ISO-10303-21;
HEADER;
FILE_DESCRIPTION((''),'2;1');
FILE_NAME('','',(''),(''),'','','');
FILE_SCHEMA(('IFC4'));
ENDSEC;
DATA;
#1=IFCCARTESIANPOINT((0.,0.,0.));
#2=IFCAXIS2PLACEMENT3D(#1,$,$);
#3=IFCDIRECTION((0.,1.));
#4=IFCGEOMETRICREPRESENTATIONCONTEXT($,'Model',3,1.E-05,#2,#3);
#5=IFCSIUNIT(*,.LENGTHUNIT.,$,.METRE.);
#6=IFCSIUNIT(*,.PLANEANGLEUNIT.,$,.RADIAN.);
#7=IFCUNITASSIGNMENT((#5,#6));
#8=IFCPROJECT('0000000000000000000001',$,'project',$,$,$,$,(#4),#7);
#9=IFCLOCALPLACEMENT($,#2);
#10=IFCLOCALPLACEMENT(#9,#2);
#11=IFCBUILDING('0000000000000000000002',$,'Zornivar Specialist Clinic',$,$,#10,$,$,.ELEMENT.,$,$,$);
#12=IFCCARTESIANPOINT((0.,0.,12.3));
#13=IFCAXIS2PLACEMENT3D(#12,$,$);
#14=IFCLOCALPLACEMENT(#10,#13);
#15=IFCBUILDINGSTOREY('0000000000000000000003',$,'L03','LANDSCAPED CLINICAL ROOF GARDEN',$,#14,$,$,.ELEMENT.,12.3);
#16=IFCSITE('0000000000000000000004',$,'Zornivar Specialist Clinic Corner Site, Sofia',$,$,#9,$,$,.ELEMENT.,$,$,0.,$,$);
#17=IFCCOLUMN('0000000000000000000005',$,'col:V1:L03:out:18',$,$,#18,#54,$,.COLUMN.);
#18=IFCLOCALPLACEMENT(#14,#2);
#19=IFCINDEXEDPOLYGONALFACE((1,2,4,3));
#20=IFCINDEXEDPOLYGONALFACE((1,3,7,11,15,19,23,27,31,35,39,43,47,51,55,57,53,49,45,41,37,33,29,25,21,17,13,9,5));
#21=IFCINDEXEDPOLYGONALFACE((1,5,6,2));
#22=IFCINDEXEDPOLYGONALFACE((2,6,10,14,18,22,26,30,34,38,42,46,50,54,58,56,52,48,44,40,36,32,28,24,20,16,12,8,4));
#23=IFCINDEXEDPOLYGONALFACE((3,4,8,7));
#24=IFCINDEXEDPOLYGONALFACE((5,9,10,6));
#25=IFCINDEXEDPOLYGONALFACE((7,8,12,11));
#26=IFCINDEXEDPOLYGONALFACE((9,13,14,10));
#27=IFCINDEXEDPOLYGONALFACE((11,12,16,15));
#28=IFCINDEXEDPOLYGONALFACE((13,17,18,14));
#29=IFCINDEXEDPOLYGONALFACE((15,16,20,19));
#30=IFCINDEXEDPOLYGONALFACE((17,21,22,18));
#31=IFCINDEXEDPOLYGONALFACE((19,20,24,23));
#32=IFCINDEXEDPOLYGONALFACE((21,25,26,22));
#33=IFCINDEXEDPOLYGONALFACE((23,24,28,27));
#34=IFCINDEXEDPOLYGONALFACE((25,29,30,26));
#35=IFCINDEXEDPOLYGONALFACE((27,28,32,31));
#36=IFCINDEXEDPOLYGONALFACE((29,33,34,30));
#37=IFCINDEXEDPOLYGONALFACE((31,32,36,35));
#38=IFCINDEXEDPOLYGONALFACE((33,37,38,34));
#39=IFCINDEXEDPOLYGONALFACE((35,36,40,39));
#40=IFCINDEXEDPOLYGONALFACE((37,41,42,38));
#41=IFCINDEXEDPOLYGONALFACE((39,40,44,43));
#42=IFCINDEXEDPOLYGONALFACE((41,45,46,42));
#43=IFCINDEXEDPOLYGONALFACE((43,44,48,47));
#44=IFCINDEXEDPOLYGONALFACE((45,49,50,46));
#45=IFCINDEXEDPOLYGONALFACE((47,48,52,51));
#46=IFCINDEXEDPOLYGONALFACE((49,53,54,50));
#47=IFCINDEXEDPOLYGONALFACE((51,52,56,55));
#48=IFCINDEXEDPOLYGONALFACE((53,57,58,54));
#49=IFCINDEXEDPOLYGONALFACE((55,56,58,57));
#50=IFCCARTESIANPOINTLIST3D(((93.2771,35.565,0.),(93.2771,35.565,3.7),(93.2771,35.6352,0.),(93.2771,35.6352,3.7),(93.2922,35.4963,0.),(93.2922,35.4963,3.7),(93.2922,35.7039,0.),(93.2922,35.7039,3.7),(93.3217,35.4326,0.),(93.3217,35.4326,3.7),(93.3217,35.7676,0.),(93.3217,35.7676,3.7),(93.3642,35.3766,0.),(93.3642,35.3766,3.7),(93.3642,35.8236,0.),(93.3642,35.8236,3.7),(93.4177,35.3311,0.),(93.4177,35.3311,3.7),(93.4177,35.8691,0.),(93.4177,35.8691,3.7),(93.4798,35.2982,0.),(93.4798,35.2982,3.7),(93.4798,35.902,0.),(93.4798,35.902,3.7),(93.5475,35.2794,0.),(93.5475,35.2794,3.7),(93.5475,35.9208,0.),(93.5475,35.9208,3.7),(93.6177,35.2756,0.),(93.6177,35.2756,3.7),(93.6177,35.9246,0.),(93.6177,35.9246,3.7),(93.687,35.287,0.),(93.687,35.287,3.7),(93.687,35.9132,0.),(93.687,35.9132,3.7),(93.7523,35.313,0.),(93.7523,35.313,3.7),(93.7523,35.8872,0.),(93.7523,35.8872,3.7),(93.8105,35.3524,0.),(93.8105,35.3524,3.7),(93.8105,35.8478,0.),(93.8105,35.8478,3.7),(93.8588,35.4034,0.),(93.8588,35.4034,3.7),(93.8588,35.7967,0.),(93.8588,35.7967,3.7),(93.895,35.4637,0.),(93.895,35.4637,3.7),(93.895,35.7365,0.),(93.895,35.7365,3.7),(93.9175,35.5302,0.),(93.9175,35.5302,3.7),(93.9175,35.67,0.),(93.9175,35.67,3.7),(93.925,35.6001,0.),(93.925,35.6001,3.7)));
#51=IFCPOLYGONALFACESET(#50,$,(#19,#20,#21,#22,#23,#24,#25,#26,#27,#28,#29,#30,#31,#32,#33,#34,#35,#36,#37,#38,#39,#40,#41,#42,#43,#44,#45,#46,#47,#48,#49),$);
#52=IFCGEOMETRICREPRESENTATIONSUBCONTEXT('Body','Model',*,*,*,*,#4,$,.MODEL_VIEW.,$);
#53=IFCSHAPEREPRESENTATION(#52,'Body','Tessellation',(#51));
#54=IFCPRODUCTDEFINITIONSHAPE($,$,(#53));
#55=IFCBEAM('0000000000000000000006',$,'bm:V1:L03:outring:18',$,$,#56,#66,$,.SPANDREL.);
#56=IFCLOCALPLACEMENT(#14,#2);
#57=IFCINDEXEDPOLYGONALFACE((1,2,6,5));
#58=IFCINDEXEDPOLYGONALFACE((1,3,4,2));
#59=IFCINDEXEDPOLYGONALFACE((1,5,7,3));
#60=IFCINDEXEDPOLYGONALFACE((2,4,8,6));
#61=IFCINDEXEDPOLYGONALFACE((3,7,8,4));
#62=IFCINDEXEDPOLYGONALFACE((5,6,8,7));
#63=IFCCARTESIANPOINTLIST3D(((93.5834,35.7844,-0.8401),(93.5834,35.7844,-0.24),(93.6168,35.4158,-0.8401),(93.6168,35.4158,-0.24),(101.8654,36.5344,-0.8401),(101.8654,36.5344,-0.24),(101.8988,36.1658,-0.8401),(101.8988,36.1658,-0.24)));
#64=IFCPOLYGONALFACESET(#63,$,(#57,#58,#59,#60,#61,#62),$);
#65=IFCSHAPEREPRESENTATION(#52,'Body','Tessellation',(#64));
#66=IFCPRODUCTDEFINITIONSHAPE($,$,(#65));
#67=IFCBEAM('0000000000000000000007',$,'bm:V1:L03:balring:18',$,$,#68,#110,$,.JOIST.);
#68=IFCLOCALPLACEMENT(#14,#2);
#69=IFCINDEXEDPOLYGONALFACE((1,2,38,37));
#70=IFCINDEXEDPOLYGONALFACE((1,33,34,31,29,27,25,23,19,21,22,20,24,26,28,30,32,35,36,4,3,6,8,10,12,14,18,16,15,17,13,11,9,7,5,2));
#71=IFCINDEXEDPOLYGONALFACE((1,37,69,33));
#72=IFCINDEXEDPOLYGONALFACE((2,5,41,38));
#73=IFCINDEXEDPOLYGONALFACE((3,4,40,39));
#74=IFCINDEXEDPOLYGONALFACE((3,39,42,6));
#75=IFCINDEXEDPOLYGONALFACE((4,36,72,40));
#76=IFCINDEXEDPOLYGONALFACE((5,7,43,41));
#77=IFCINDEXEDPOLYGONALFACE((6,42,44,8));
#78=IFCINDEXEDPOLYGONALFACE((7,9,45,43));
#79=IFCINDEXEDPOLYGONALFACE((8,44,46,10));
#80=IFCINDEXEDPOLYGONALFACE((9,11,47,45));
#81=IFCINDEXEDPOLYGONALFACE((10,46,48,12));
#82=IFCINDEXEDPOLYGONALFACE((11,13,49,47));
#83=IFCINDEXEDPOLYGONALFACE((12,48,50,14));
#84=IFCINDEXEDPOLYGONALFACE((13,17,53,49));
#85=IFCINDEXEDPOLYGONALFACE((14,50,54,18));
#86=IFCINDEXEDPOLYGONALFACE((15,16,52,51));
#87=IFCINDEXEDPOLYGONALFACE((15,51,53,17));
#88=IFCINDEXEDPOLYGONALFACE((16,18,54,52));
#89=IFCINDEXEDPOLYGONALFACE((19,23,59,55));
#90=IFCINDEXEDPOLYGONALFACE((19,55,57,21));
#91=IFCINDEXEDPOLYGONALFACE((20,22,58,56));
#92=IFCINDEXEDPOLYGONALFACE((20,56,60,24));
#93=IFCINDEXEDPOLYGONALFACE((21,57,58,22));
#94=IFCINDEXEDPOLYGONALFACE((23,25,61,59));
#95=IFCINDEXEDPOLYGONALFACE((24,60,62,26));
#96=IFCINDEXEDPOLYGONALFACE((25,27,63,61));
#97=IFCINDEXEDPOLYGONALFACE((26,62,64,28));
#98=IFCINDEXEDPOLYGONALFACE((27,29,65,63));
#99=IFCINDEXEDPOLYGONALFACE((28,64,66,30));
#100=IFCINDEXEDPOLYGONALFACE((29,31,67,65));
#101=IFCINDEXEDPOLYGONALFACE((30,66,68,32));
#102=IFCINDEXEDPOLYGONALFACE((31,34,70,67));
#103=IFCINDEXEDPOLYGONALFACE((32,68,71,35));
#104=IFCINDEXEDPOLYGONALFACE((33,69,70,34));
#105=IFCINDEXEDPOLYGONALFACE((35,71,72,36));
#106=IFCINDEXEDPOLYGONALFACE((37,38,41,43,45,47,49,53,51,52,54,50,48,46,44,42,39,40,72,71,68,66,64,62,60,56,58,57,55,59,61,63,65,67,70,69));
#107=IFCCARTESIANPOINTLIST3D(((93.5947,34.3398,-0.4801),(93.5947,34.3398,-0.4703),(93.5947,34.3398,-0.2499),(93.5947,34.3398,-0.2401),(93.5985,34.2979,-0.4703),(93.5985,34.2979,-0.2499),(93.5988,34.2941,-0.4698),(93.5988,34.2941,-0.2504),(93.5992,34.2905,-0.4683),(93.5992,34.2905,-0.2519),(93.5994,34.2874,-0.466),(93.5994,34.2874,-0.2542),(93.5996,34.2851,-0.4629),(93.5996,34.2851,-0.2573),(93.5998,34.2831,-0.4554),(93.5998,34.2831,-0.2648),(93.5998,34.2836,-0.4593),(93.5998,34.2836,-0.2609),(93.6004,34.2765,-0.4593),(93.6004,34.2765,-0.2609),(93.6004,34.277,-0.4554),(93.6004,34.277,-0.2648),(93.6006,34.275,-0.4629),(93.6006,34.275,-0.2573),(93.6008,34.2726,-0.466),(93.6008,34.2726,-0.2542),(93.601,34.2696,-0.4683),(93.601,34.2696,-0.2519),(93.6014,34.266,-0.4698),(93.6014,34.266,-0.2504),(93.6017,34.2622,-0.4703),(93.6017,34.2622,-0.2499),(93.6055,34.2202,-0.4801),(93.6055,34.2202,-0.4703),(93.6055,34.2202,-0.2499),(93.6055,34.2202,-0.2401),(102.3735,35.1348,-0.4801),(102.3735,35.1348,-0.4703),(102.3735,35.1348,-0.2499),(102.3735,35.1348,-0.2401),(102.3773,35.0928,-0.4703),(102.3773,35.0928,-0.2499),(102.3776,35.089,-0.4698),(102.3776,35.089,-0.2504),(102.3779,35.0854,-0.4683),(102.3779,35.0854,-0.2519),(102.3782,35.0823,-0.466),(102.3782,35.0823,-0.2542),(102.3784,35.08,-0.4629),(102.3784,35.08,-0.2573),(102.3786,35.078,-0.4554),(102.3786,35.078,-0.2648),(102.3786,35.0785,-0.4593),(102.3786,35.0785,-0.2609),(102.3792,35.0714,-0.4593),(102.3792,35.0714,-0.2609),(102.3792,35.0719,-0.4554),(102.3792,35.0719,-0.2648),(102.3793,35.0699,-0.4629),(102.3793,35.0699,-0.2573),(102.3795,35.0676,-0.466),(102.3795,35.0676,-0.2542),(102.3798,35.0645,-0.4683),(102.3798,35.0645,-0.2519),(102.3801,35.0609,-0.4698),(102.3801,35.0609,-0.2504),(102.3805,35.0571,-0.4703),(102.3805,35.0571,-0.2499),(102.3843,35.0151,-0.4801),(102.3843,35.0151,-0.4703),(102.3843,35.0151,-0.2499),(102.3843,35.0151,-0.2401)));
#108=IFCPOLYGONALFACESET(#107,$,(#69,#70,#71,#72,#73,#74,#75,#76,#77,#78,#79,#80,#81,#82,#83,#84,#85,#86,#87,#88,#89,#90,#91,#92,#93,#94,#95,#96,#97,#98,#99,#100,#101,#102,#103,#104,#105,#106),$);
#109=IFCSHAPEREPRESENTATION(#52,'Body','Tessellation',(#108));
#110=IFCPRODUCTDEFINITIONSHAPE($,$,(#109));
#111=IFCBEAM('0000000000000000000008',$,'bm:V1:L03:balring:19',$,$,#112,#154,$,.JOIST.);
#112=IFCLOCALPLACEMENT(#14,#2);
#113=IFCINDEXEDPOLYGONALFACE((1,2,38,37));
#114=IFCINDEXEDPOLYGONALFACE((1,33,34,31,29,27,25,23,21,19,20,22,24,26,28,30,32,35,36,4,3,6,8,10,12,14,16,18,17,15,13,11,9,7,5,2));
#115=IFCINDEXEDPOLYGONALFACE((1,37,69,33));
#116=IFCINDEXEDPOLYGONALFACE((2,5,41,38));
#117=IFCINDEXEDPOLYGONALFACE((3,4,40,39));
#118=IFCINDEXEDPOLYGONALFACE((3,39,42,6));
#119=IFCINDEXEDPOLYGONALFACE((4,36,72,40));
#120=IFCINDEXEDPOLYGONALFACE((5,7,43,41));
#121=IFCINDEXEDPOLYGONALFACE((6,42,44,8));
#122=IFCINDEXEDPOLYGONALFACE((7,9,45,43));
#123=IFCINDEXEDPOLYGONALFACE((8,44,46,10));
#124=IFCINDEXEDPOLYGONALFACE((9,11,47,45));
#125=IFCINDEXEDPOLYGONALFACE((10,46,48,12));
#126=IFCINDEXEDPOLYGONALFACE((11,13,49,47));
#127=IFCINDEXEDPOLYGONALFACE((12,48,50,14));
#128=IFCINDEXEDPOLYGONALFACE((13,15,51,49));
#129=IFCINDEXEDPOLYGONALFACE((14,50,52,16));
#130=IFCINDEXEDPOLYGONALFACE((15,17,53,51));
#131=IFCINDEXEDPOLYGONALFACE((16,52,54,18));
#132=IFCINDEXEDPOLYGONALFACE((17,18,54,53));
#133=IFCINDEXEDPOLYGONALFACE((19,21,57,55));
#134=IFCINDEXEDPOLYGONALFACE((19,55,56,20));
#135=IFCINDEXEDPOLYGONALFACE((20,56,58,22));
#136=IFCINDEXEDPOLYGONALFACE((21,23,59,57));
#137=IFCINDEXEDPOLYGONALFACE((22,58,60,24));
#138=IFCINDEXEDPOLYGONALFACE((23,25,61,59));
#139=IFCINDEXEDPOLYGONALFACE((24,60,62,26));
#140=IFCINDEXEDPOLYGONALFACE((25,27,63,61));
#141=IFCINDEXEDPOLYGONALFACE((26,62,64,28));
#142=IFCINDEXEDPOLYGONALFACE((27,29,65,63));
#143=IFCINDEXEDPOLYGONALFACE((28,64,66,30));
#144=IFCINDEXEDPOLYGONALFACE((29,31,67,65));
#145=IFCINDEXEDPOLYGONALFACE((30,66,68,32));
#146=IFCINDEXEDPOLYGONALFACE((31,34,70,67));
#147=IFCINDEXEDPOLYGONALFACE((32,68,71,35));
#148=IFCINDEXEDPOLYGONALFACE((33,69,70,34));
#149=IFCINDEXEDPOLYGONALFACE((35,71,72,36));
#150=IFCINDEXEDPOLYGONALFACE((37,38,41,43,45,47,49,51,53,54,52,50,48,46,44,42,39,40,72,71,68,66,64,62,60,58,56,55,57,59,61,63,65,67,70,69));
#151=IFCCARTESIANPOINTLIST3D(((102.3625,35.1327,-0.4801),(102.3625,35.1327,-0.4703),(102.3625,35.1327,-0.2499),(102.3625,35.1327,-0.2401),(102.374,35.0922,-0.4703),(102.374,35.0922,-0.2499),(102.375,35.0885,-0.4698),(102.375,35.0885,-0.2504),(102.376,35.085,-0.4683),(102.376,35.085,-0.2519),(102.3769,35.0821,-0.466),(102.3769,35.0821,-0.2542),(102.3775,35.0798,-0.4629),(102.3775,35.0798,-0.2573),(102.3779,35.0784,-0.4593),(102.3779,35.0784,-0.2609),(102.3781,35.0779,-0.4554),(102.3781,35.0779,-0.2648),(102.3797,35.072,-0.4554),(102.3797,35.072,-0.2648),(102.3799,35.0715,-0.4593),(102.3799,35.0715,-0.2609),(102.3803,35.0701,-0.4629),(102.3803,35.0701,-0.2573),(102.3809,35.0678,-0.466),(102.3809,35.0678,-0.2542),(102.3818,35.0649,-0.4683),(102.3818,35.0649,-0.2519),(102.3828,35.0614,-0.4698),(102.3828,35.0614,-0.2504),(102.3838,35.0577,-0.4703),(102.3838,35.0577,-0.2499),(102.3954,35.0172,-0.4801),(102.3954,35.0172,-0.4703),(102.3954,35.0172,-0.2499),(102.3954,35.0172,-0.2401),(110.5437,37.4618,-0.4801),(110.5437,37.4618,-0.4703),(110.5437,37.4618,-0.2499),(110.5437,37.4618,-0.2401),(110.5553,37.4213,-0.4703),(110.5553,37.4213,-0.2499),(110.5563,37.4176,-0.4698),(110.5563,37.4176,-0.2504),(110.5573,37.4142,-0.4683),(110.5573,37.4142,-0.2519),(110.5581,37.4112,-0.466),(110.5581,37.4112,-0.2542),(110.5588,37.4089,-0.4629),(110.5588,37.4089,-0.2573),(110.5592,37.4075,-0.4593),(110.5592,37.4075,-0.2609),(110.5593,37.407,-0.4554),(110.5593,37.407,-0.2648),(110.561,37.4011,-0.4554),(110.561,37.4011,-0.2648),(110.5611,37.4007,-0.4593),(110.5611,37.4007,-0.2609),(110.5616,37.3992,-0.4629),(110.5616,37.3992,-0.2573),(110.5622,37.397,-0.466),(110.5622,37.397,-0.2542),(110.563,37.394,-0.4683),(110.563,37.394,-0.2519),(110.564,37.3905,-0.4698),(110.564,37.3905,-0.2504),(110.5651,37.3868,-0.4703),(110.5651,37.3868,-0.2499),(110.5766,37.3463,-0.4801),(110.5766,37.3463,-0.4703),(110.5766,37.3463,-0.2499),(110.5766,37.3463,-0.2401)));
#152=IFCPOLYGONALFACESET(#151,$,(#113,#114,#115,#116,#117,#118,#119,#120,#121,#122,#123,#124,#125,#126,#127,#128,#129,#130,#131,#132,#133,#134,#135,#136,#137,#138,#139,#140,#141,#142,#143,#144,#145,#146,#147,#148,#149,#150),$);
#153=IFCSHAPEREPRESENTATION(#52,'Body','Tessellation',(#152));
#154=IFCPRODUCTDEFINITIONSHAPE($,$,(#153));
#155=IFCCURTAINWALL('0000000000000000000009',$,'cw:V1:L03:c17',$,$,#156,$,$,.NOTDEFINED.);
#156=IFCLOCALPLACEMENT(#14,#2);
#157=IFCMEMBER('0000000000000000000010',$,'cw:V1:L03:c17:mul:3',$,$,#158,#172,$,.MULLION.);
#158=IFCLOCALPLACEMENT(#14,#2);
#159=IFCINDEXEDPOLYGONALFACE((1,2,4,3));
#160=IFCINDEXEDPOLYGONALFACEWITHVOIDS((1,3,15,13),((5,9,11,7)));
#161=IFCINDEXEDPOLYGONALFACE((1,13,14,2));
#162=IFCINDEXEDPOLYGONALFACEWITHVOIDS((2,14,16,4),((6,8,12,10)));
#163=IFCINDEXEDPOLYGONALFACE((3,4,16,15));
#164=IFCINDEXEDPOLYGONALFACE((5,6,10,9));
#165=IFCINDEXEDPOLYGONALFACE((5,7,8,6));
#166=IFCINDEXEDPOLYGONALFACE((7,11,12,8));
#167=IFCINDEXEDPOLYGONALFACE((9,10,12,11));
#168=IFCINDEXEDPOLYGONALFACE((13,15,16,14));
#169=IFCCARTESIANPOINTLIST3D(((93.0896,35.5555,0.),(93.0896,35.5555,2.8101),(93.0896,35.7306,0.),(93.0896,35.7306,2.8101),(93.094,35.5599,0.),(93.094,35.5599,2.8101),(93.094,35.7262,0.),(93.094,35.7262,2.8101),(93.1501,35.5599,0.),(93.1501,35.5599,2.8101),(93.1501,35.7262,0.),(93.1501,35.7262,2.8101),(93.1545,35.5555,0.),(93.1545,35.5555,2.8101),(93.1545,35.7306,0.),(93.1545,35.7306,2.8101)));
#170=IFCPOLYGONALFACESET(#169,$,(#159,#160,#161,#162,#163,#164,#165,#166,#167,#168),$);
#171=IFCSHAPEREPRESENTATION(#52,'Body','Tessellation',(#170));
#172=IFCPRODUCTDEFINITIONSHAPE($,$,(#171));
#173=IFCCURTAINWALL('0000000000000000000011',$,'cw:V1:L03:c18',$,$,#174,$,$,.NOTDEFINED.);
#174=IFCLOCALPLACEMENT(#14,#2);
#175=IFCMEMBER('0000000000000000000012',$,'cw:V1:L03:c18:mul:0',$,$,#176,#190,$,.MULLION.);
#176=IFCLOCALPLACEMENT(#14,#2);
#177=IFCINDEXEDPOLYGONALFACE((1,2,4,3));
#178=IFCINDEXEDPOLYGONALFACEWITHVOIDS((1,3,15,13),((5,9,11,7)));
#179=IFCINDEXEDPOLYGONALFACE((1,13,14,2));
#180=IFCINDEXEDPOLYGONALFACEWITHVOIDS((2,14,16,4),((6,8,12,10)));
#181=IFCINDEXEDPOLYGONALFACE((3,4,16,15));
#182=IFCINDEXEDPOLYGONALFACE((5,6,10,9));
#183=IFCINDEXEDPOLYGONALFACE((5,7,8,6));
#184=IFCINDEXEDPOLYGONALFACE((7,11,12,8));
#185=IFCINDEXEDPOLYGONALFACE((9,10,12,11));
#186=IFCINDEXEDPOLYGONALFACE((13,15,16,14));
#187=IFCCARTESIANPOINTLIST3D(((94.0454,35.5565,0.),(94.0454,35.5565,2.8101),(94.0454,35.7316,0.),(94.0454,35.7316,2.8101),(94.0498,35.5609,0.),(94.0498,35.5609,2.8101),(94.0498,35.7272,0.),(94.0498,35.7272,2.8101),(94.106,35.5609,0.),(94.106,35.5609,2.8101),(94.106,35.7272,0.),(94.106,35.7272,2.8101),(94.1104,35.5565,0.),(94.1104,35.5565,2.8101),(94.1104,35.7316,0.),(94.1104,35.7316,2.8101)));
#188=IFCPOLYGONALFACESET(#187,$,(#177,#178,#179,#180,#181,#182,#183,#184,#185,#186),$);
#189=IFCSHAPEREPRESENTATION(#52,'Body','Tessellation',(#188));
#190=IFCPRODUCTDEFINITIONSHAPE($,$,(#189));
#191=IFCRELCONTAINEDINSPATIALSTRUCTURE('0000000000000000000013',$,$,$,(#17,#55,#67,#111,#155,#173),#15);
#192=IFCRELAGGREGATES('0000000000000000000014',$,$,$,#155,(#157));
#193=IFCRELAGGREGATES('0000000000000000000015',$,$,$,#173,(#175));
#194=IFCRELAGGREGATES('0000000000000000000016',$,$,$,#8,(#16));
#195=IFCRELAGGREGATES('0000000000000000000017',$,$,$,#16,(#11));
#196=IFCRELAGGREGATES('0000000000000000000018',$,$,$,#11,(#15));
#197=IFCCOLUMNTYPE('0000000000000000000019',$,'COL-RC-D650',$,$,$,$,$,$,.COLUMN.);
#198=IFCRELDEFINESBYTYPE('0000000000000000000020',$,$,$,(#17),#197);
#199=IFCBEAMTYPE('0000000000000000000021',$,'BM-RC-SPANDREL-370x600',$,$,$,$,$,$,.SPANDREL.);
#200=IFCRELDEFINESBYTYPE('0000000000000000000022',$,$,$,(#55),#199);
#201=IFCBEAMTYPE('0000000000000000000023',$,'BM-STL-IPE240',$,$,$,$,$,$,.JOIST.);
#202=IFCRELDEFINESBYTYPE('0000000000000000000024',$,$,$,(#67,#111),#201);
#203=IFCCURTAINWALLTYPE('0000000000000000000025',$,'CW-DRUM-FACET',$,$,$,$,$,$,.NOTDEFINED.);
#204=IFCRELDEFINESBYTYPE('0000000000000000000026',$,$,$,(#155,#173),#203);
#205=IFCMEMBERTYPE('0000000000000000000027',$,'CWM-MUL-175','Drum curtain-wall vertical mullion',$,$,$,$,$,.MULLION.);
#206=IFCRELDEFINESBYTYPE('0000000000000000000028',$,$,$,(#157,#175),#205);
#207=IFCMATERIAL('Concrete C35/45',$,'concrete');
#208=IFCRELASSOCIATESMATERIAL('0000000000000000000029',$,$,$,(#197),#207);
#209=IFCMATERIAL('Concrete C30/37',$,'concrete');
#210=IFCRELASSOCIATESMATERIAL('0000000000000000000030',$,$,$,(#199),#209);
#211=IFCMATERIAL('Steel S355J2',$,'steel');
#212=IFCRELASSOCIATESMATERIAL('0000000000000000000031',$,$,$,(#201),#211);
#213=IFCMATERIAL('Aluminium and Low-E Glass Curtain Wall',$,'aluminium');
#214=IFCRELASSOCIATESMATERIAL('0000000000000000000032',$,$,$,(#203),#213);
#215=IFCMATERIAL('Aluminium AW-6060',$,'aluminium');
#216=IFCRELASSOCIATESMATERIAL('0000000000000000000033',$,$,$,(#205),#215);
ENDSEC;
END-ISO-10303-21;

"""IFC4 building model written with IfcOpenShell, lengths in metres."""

from ifc_helpers import new_model, si_unit, direction, frame, origin, origin_2d, place, context, subcontext, project, spatial, rectangle, hollow_rectangle, circle, i_section, extrude, material, material_profile, profile_set, type_object, element, aggregate, save


model = new_model("IFC4")

# Units and contexts
model_context = context("Model", 3, precision=1e-05, world=origin(), true_north=direction((0.0, 1.0)))
body_context = subcontext(model_context, "Body", "Model", "MODEL_VIEW")
ifc_project = project(units=[si_unit("LENGTHUNIT", "METRE"), si_unit("PLANEANGLEUNIT", "RADIAN")], contexts=[model_context])

# Site, building, storey
site_placement = place(None, origin())
site = spatial("IfcSite", under=ifc_project, at=site_placement, Name="Zornivar Specialist Clinic Corner Site, Sofia", CompositionType="ELEMENT", RefElevation=0.0)
building_placement = place(site_placement, origin())
building = spatial("IfcBuilding", under=site, at=building_placement, Name="Zornivar Specialist Clinic", CompositionType="ELEMENT")
storey_placement = place(building_placement, frame((0.0, 0.0, 12.3)))
storey = spatial("IfcBuildingStorey", under=building, at=storey_placement, Name="L03", Description="LANDSCAPED CLINICAL ROOF GARDEN", CompositionType="ELEMENT", Elevation=12.3)

# Column
ifc_material_1 = material(Name="Concrete C35/45", Category="concrete")
ifc_material_profile_1 = material_profile(ifc_material_1, circle(Radius=0.325, at=origin_2d()), Name="RC D650")
ifc_profile_set_1 = profile_set([ifc_material_profile_1], Name="Concrete C35/45")
column_type = type_object("IfcColumnType", Name="COL-RC-D650", PredefinedType="COLUMN", material=ifc_profile_set_1)
column_placement = place(storey_placement, frame((93.6001, 35.6001, 0.0), z_axis=(0.0, 0.0, 1.0), x_axis=(1.0, 0.0, 0.0)))
element("IfcColumn", 1, at=column_placement, inside=storey, type_object=column_type, Name="col:V1:L03:out:18", PredefinedType="COLUMN", context=body_context, shape_type="SweptSolid", body=[
    extrude(circle(Radius=0.325, at=origin_2d()), origin(), (0.0, 0.0, 1.0), 3.7),
])

# Beams
ifc_material_2 = material(Name="Concrete C30/37", Category="concrete")
ifc_material_profile_2 = material_profile(ifc_material_2, rectangle(XDim=0.3701, YDim=0.6001, at=origin_2d()), Name="RC 370x600")
ifc_profile_set_2 = profile_set([ifc_material_profile_2], Name="Concrete C30/37")
beam_type_1 = type_object("IfcBeamType", Name="BM-RC-SPANDREL-370x600", PredefinedType="SPANDREL", material=ifc_profile_set_2)
beam_1_placement = place(storey_placement, frame((93.6001, 35.6001, -0.54), z_axis=(0.995925, 0.090189, 0.0), x_axis=(-0.090189, 0.995925, 0.0)))
element("IfcBeam", 2, at=beam_1_placement, inside=storey, type_object=beam_type_1, Name="bm:V1:L03:outring:18", PredefinedType="SPANDREL", context=body_context, shape_type="SweptSolid", body=[
    extrude(rectangle(XDim=0.3701, YDim=0.6001, at=origin_2d()), origin(), (0.0, 0.0, 1.0), 8.3159),
])
ifc_material_3 = material(Name="Steel S355J2", Category="steel")
ifc_material_profile_3 = material_profile(ifc_material_3, i_section(OverallWidth=0.1201, OverallDepth=0.24, WebThickness=0.0061, FlangeThickness=0.0098, FilletRadius=0.0149, at=origin_2d()), Name="IPE 240")
ifc_profile_set_3 = profile_set([ifc_material_profile_3], Name="Steel S355J2")
beam_type_2 = type_object("IfcBeamType", Name="BM-STL-IPE240", PredefinedType="JOIST", material=ifc_profile_set_3)
beam_2_placement = place(storey_placement, frame((93.6001, 34.28, -0.3601), z_axis=(0.995925, 0.090181, 0.0), x_axis=(-0.090181, 0.995925, 0.0)))
element("IfcBeam", 3, at=beam_2_placement, inside=storey, type_object=beam_type_2, Name="bm:V1:L03:balring:18", PredefinedType="JOIST", context=body_context, shape_type="SweptSolid", body=[
    extrude(i_section(OverallWidth=0.1201, OverallDepth=0.24, WebThickness=0.0061, FlangeThickness=0.0098, FilletRadius=0.0149, at=origin_2d()), origin(), (0.0, 0.0, 1.0), 8.8147),
])
beam_3_placement = place(storey_placement, frame((102.3789, 35.075, -0.3601), z_axis=(0.961783, 0.273811, 0.0), x_axis=(-0.273811, 0.961783, 0.0)))
element("IfcBeam", 4, at=beam_3_placement, inside=storey, type_object=beam_type_2, Name="bm:V1:L03:balring:19", PredefinedType="JOIST", context=body_context, shape_type="SweptSolid", body=[
    extrude(i_section(OverallWidth=0.1201, OverallDepth=0.24, WebThickness=0.0061, FlangeThickness=0.0098, FilletRadius=0.0149, at=origin_2d()), origin(), (0.0, 0.0, 1.0), 8.5063),
])

# Curtain wall, member
ifc_material_4 = material(Name="Aluminium and Low-E Glass Curtain Wall", Category="aluminium")
curtain_wall_type = type_object("IfcCurtainWallType", Name="CW-DRUM-FACET", PredefinedType="NOTDEFINED", material=ifc_material_4)
curtain_wall_1_placement = place(storey_placement, origin())
curtain_wall_1 = element("IfcCurtainWall", 5, at=curtain_wall_1_placement, inside=storey, type_object=curtain_wall_type, Name="cw:V1:L03:c17", PredefinedType="NOTDEFINED")
ifc_material_5 = material(Name="Aluminium AW-6060", Category="aluminium")
ifc_material_profile_4 = material_profile(ifc_material_5, hollow_rectangle(XDim=0.0649, YDim=0.175, WallThickness=0.0044, at=origin_2d()), Name="ALU 65x175x4.5")
ifc_profile_set_4 = profile_set([ifc_material_profile_4], Name="Aluminium AW-6060")
member_type_1 = type_object("IfcMemberType", Name="CWM-MUL-175", Description="Drum curtain-wall vertical mullion", PredefinedType="MULLION", material=ifc_profile_set_4)
member_1_placement = place(storey_placement, frame((93.1221, 35.6431, 0.0), z_axis=(0.0, 0.0, 1.0), x_axis=(1.0, 0.0, 0.0)))
member_1 = element("IfcMember", 6, at=member_1_placement, type_object=member_type_1, Name="cw:V1:L03:c17:mul:3", PredefinedType="MULLION", context=body_context, shape_type="SweptSolid", body=[
    extrude(hollow_rectangle(XDim=0.0649, YDim=0.175, WallThickness=0.0044, at=origin_2d()), origin(), (0.0, 0.0, 1.0), 2.8101),
])
aggregate(curtain_wall_1, [member_1])

# Curtain wall, member
curtain_wall_2_placement = place(storey_placement, origin())
curtain_wall_2 = element("IfcCurtainWall", 7, at=curtain_wall_2_placement, inside=storey, type_object=curtain_wall_type, Name="cw:V1:L03:c18", PredefinedType="NOTDEFINED")
member_2_placement = place(storey_placement, frame((94.0779, 35.644, 0.0), z_axis=(0.0, 0.0, 1.0), x_axis=(1.0, 0.0, 0.0)))
member_2 = element("IfcMember", 8, at=member_2_placement, type_object=member_type_1, Name="cw:V1:L03:c18:mul:0", PredefinedType="MULLION", context=body_context, shape_type="SweptSolid", body=[
    extrude(hollow_rectangle(XDim=0.0649, YDim=0.175, WallThickness=0.0044, at=origin_2d()), origin(), (0.0, 0.0, 1.0), 2.8101),
])
aggregate(curtain_wall_2, [member_2])

save(model, "model.ifc")
